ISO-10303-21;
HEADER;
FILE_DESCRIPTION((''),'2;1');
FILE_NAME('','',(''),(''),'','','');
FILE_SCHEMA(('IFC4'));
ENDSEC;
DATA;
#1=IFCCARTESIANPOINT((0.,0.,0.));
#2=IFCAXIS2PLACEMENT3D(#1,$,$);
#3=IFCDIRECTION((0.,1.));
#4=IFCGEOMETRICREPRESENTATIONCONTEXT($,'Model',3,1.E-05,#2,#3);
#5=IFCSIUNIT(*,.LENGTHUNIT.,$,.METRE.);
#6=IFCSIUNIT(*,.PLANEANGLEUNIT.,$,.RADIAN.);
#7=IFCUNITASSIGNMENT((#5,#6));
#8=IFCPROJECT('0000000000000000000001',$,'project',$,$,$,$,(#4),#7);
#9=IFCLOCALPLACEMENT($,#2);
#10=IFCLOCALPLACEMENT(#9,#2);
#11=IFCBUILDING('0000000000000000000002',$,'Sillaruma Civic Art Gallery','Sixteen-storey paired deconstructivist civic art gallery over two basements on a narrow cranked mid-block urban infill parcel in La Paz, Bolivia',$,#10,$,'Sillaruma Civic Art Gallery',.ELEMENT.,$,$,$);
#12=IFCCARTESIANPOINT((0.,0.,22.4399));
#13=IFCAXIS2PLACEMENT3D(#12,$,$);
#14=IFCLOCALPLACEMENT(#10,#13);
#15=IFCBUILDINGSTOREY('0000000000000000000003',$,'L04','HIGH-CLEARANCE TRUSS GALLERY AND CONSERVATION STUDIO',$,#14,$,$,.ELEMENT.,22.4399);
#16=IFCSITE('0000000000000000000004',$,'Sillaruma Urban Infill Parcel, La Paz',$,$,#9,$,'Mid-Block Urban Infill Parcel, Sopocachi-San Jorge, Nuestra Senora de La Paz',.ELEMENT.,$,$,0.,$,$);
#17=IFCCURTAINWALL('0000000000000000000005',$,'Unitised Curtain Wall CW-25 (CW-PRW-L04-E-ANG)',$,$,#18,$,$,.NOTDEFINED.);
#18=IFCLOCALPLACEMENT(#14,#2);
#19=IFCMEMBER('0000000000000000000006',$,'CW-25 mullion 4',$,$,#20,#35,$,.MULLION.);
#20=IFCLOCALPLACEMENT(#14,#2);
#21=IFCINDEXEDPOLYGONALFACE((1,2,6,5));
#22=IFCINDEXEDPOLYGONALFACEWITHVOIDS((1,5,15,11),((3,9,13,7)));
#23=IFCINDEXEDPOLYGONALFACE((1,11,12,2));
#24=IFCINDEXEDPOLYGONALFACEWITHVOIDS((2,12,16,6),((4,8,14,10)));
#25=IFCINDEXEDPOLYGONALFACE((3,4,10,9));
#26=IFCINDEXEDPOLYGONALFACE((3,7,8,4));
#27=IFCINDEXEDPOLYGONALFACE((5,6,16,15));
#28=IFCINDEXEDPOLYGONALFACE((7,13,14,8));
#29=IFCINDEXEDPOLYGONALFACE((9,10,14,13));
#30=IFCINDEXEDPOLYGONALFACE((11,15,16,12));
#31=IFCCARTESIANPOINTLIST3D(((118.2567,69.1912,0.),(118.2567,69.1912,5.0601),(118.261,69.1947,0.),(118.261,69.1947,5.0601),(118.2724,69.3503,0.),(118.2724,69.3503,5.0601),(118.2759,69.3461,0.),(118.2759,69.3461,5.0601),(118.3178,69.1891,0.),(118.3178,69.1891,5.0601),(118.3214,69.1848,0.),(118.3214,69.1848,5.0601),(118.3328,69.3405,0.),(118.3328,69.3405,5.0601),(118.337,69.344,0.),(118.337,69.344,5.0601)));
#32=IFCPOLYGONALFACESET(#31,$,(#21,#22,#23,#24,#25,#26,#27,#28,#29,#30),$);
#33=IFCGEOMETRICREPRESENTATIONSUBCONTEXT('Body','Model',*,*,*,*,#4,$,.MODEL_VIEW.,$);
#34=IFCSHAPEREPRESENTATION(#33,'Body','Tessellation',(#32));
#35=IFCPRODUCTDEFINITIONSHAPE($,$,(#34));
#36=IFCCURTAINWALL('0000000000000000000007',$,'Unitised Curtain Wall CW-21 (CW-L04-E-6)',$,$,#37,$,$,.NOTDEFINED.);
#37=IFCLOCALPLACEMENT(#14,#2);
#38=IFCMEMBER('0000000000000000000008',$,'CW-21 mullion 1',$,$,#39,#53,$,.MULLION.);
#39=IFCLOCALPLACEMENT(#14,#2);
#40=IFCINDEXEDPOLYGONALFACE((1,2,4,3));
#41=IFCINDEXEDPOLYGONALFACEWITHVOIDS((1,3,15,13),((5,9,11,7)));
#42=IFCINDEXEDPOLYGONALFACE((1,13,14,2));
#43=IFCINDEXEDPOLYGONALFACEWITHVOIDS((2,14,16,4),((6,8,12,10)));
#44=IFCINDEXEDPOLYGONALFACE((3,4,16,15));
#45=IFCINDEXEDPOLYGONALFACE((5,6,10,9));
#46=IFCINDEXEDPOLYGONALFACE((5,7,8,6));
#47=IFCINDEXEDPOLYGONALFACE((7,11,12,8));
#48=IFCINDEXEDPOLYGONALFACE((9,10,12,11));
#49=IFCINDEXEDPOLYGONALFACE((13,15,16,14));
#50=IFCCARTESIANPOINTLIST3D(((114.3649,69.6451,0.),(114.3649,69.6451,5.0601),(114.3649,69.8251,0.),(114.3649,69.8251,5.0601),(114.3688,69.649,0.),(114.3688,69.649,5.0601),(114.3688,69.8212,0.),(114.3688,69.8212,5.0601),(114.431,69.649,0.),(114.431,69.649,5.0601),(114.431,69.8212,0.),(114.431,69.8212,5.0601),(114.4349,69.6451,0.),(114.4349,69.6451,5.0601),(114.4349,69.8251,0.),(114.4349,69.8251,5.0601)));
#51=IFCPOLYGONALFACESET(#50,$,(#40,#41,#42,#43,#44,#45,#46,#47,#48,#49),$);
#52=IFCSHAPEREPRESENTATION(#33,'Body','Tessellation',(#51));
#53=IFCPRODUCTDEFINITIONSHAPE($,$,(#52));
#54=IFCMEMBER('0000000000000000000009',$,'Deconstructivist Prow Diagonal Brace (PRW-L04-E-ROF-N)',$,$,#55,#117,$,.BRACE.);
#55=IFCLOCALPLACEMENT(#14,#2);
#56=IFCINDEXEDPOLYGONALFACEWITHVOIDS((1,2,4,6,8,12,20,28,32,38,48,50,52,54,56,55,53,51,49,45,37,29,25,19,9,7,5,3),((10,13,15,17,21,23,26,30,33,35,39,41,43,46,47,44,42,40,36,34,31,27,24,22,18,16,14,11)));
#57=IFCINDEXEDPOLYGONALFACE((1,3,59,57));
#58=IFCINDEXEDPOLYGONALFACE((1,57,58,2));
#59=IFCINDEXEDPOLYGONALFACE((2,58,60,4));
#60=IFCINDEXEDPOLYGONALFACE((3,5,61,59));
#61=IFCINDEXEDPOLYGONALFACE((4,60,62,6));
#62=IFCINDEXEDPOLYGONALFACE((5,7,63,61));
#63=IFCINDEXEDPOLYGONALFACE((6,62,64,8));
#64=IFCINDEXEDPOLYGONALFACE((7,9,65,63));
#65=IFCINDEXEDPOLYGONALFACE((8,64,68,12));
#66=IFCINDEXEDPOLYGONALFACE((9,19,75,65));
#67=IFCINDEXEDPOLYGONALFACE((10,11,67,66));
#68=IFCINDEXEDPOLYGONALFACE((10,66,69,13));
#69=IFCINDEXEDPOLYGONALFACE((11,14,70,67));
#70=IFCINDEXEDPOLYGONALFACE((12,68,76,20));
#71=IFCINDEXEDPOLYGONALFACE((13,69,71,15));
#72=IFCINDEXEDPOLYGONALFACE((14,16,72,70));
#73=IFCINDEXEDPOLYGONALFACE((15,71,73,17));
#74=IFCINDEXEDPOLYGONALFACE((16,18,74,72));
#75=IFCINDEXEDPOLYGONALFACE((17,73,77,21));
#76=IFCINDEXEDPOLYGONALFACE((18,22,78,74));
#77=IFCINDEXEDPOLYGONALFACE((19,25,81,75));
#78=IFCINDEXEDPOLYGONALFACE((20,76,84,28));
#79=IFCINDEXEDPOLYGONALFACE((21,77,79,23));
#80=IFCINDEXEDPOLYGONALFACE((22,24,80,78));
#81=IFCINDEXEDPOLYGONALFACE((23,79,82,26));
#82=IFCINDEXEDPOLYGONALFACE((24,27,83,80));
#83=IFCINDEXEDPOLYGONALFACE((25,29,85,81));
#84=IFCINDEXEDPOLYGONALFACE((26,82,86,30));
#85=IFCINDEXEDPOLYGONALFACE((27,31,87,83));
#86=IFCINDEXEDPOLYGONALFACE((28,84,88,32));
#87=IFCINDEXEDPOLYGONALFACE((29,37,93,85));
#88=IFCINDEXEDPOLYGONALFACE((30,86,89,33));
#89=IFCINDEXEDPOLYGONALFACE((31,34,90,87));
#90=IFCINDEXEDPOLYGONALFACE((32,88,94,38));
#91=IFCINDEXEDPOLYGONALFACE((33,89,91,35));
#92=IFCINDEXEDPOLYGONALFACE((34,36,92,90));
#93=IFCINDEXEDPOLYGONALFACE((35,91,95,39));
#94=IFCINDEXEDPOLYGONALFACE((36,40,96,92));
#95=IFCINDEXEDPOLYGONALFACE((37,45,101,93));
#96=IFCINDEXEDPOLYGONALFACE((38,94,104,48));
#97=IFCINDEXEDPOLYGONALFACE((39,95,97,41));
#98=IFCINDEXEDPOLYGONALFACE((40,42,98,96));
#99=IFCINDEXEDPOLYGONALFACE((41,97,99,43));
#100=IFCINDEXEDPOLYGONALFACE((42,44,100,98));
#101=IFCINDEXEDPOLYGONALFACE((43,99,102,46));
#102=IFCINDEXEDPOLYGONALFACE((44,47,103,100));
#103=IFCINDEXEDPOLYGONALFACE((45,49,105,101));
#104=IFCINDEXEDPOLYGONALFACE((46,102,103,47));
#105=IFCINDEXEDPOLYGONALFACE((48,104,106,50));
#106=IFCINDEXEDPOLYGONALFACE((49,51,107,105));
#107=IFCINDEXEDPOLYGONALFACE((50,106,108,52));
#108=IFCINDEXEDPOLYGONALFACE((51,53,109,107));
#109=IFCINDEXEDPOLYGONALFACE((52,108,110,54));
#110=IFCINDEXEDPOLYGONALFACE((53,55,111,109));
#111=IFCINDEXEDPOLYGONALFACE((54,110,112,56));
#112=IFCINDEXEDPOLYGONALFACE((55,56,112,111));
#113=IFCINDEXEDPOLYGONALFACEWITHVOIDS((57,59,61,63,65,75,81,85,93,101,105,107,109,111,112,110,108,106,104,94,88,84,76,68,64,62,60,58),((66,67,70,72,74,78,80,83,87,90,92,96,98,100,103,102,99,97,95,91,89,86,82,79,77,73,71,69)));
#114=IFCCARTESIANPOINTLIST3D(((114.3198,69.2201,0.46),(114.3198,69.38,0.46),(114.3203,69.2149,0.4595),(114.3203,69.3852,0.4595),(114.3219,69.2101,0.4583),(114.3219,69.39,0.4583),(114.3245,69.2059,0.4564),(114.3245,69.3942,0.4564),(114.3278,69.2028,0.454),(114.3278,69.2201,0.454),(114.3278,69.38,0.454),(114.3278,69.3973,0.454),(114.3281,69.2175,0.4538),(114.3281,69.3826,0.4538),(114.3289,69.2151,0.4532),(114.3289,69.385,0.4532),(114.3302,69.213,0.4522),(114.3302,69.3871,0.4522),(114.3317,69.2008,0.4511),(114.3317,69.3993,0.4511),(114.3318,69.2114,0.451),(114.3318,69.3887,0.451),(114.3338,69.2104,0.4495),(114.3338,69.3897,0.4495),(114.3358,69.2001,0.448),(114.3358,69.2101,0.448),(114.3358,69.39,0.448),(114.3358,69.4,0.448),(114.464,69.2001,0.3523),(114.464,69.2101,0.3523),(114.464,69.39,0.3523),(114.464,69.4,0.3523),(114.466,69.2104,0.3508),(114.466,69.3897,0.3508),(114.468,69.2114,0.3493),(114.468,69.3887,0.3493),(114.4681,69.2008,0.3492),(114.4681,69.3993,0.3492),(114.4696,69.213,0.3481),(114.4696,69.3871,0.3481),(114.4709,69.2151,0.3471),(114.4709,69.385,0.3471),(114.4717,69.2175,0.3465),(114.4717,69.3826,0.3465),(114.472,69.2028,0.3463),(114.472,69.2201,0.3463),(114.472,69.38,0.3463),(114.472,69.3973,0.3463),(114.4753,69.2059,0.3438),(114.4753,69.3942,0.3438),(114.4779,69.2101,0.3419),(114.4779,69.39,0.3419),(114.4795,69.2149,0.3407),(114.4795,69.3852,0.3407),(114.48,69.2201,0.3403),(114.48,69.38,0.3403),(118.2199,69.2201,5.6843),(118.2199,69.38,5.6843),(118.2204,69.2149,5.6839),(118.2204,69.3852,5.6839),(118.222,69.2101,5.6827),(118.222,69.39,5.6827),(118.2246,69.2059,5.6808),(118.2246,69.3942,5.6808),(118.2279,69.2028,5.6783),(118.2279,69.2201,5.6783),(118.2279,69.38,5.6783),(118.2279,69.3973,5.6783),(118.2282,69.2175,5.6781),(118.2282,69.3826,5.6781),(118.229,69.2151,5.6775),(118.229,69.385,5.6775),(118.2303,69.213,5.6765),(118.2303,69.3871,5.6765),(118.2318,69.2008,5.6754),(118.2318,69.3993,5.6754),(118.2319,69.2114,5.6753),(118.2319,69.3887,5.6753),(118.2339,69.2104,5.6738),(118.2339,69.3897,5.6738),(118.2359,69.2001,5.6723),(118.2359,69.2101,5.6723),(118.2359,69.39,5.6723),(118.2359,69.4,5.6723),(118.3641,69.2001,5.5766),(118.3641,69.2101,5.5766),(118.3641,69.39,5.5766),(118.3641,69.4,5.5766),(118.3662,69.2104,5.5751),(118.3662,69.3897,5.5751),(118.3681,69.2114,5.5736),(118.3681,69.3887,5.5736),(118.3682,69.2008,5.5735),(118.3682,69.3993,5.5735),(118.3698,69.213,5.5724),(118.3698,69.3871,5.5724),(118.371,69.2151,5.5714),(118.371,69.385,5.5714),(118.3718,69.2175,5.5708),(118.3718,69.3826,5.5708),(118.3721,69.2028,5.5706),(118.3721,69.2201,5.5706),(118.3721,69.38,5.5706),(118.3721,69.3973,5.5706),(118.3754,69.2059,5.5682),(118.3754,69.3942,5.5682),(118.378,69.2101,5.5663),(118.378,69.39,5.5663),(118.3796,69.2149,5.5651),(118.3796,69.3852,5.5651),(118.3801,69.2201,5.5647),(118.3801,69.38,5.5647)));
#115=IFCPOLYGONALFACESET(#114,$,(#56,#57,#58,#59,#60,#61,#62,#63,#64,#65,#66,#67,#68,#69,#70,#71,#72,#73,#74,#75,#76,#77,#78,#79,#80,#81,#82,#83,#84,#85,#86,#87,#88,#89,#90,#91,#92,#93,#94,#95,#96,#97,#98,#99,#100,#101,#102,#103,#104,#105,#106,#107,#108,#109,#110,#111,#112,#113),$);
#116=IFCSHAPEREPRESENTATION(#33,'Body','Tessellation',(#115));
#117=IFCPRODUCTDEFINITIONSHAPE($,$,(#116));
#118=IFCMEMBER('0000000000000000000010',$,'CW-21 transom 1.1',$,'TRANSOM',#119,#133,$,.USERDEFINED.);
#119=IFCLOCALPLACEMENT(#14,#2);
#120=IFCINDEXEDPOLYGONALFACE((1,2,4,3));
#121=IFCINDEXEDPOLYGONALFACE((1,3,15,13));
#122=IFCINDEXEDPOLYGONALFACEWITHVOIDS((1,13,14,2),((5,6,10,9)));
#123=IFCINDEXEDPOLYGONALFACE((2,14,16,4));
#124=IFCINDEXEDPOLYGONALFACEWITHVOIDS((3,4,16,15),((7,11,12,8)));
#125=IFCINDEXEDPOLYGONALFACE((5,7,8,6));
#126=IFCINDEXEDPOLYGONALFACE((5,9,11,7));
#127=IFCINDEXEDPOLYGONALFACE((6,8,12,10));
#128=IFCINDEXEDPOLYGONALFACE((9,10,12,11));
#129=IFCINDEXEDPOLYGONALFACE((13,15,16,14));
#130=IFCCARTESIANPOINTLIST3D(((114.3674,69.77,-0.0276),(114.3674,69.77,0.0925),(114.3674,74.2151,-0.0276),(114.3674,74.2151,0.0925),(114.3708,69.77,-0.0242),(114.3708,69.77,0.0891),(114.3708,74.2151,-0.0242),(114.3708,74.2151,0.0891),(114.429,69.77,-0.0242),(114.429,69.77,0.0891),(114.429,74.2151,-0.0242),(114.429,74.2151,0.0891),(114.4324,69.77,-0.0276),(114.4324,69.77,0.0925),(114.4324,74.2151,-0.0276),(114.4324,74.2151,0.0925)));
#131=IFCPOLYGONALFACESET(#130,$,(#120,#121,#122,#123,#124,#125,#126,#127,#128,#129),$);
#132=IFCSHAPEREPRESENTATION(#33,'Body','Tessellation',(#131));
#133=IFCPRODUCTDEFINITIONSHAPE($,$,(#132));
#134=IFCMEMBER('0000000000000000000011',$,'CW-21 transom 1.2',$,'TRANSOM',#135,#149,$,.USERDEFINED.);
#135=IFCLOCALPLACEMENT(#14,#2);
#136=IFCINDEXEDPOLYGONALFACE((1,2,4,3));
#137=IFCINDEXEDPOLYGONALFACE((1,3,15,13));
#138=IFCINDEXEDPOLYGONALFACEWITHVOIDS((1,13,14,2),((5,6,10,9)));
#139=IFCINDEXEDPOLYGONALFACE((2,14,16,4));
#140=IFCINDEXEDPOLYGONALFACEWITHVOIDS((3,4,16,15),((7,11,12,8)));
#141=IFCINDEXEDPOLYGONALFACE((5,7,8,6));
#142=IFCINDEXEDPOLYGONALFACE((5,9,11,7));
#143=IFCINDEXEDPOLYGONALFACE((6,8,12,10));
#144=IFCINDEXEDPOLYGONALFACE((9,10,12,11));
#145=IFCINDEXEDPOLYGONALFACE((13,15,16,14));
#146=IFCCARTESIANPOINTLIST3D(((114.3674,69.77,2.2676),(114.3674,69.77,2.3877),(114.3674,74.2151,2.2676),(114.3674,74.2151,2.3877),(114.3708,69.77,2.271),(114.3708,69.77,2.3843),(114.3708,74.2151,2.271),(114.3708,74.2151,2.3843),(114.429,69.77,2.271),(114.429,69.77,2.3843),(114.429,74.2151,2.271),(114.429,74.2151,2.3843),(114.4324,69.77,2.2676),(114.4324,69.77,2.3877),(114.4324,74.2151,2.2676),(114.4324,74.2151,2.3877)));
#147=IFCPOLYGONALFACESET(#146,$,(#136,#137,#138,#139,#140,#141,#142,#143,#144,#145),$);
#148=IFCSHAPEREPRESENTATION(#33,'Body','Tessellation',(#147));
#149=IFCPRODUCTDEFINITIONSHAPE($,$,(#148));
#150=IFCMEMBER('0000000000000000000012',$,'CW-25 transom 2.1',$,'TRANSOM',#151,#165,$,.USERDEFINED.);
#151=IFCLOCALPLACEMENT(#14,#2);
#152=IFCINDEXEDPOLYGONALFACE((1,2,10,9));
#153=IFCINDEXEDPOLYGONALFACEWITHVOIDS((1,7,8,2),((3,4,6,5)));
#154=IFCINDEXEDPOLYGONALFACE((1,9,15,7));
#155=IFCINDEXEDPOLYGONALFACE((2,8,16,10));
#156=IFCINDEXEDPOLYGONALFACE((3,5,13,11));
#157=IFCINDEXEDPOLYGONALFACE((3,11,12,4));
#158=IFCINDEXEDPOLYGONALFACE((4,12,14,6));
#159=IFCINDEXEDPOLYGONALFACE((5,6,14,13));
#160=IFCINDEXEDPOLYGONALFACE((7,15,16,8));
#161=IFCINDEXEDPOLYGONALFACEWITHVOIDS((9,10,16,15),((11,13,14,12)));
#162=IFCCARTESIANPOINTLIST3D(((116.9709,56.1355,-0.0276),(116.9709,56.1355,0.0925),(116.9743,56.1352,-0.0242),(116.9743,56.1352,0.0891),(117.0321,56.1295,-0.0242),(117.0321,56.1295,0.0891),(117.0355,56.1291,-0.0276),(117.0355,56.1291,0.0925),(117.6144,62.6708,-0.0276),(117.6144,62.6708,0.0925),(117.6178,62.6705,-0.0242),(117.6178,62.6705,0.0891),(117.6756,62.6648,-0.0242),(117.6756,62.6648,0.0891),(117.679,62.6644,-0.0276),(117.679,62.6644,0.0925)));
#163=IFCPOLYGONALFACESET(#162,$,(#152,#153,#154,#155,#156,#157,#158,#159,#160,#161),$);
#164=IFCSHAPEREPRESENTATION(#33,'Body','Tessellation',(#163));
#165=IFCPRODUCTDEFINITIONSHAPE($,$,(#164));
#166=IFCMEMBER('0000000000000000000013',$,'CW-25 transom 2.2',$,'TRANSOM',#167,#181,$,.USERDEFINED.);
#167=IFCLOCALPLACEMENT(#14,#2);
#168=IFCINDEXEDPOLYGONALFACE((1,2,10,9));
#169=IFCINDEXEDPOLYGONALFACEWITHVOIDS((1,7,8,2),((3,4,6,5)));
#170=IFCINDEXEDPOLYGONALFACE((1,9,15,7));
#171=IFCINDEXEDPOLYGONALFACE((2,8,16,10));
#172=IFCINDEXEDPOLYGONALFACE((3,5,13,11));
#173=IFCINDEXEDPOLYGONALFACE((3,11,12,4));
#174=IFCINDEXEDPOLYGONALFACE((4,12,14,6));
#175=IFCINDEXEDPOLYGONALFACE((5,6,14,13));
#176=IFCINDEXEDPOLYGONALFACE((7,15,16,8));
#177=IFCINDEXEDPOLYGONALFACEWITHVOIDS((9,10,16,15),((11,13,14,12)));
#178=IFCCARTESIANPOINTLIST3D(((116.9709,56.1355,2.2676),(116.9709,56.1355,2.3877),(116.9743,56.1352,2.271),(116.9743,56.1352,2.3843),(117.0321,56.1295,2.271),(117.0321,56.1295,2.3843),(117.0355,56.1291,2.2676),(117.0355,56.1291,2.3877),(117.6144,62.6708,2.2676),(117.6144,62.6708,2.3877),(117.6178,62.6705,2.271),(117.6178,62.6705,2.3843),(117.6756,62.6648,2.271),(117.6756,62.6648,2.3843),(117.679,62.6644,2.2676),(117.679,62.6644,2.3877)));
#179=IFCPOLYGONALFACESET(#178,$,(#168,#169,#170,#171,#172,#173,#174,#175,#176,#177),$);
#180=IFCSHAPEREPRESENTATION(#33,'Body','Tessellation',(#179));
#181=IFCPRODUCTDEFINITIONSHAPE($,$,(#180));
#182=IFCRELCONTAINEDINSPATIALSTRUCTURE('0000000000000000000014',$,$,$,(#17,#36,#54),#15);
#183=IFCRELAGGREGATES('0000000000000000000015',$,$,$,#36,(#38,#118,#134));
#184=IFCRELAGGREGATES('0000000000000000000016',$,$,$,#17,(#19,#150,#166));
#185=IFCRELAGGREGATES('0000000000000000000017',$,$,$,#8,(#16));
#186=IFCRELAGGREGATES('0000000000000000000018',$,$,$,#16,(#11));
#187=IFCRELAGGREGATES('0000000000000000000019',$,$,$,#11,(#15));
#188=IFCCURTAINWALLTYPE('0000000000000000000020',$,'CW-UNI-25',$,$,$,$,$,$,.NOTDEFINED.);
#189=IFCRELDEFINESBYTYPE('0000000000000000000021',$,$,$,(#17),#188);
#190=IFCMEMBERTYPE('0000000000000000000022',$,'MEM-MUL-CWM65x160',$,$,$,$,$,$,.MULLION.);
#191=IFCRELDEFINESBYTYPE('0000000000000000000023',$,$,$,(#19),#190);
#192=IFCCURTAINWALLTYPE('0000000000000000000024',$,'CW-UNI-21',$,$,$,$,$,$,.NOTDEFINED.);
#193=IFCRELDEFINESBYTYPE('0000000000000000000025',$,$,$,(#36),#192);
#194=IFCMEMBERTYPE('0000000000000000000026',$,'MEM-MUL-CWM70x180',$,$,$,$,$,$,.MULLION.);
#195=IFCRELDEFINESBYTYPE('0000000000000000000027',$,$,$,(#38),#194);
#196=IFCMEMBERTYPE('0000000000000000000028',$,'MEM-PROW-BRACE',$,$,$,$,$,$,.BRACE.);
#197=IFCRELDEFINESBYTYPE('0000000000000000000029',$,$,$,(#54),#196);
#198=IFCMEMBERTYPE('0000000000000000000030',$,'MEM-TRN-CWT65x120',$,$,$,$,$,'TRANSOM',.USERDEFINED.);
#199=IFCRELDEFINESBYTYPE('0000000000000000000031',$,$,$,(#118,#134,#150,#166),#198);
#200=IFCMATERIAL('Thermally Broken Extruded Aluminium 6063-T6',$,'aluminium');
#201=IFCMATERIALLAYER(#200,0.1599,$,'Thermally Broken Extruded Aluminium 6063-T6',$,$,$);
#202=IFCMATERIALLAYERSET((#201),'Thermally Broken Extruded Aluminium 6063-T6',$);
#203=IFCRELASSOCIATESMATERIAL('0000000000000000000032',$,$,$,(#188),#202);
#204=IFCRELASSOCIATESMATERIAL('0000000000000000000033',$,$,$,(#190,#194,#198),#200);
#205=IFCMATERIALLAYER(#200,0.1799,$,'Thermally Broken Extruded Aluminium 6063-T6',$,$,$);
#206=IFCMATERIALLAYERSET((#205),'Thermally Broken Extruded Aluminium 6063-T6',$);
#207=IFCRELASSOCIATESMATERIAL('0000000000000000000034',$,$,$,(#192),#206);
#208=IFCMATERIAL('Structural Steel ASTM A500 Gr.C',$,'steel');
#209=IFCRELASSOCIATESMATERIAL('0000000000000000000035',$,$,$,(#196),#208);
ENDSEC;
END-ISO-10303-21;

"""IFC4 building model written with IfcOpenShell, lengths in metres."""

from ifc_helpers import new_model, si_unit, direction, frame, origin, origin_2d, place, context, subcontext, project, spatial, hollow_rectangle, extrude, material, layer, layer_set, material_profile, profile_set, type_object, element, aggregate, save


model = new_model("IFC4")

# Units and contexts
model_context = context("Model", 3, precision=1e-05, world=origin(), true_north=direction((0.0, 1.0)))
body_context = subcontext(model_context, "Body", "Model", "MODEL_VIEW")
ifc_project = project(units=[si_unit("LENGTHUNIT", "METRE"), si_unit("PLANEANGLEUNIT", "RADIAN")], contexts=[model_context])

# Site, building, storey
site_placement = place(None, origin())
site = spatial("IfcSite", under=ifc_project, at=site_placement, Name="Sillaruma Urban Infill Parcel, La Paz", LongName="Mid-Block Urban Infill Parcel, Sopocachi-San Jorge, Nuestra Senora de La Paz", CompositionType="ELEMENT", RefElevation=0.0)
building_placement = place(site_placement, origin())
building = spatial("IfcBuilding", under=site, at=building_placement, Name="Sillaruma Civic Art Gallery", Description="Sixteen-storey paired deconstructivist civic art gallery over two basements on a narrow cranked mid-block urban infill parcel in La Paz, Bolivia", LongName="Sillaruma Civic Art Gallery", CompositionType="ELEMENT")
storey_placement = place(building_placement, frame((0.0, 0.0, 22.4399)))
storey = spatial("IfcBuildingStorey", under=building, at=storey_placement, Name="L04", Description="HIGH-CLEARANCE TRUSS GALLERY AND CONSERVATION STUDIO", CompositionType="ELEMENT", Elevation=22.4399)

# Shared definitions
ifc_material_1 = material(Name="Structural Steel ASTM A500 Gr.C", Category="steel")

# Curtain wall, member
ifc_material_2 = material(Name="Thermally Broken Extruded Aluminium 6063-T6", Category="aluminium")
ifc_layer_1 = layer(ifc_material_2, 0.1599, Name="Thermally Broken Extruded Aluminium 6063-T6")
ifc_layer_set_1 = layer_set([ifc_layer_1], Name="Thermally Broken Extruded Aluminium 6063-T6")
curtain_wall_type_1 = type_object("IfcCurtainWallType", Name="CW-UNI-25", PredefinedType="NOTDEFINED", material=ifc_layer_set_1)
curtain_wall_1_placement = place(storey_placement, origin())
curtain_wall_1 = element("IfcCurtainWall", 1, at=curtain_wall_1_placement, inside=storey, type_object=curtain_wall_type_1, Name="Unitised Curtain Wall CW-25 (CW-PRW-L04-E-ANG)", PredefinedType="NOTDEFINED")
ifc_material_profile_1 = material_profile(ifc_material_2, hollow_rectangle(XDim=0.0649, YDim=0.1599, WallThickness=0.0039, at=origin_2d()), Name="CWM65x160")
ifc_profile_set_1 = profile_set([ifc_material_profile_1], Name="Thermally Broken Extruded Aluminium 6063-T6")
member_type_1 = type_object("IfcMemberType", Name="MEM-MUL-CWM65x160", PredefinedType="MULLION", material=ifc_profile_set_1)
member_1_placement = place(storey_placement, frame((118.2969, 69.2676, 0.0), z_axis=(0.0, 0.0, 1.0), x_axis=(-0.995185, 0.098011, 0.0)))
member_1 = element("IfcMember", 2, at=member_1_placement, type_object=member_type_1, Name="CW-25 mullion 4", PredefinedType="MULLION", context=body_context, shape_type="SweptSolid", body=[
    extrude(hollow_rectangle(XDim=0.0649, YDim=0.1599, WallThickness=0.0039, at=origin_2d()), origin(), (0.0, 0.0, 1.0), 5.0601),
])

# Curtain wall, member
ifc_layer_2 = layer(ifc_material_2, 0.1799, Name="Thermally Broken Extruded Aluminium 6063-T6")
ifc_layer_set_2 = layer_set([ifc_layer_2], Name="Thermally Broken Extruded Aluminium 6063-T6")
curtain_wall_type_2 = type_object("IfcCurtainWallType", Name="CW-UNI-21", PredefinedType="NOTDEFINED", material=ifc_layer_set_2)
curtain_wall_2_placement = place(storey_placement, origin())
curtain_wall_2 = element("IfcCurtainWall", 3, at=curtain_wall_2_placement, inside=storey, type_object=curtain_wall_type_2, Name="Unitised Curtain Wall CW-21 (CW-L04-E-6)", PredefinedType="NOTDEFINED")
ifc_material_profile_2 = material_profile(ifc_material_2, hollow_rectangle(XDim=0.0701, YDim=0.1799, WallThickness=0.0039, at=origin_2d()), Name="CWM70x180")
ifc_profile_set_2 = profile_set([ifc_material_profile_2], Name="Thermally Broken Extruded Aluminium 6063-T6")
member_type_2 = type_object("IfcMemberType", Name="MEM-MUL-CWM70x180", PredefinedType="MULLION", material=ifc_profile_set_2)
member_2_placement = place(storey_placement, frame((114.3999, 69.7351, 0.0), z_axis=(0.0, 0.0, 1.0), x_axis=(-1.0, 0.0, 0.0)))
member_2 = element("IfcMember", 4, at=member_2_placement, type_object=member_type_2, Name="CW-21 mullion 1", PredefinedType="MULLION", context=body_context, shape_type="SweptSolid", body=[
    extrude(hollow_rectangle(XDim=0.0701, YDim=0.1799, WallThickness=0.0039, at=origin_2d()), origin(), (0.0, 0.0, 1.0), 5.0601),
])

# Members
ifc_material_profile_3 = material_profile(ifc_material_1, hollow_rectangle(XDim=0.2, YDim=0.2, WallThickness=0.01, InnerFilletRadius=0.01, OuterFilletRadius=0.02, at=origin_2d()), Name="HSS200x200x10")
ifc_profile_set_3 = profile_set([ifc_material_profile_3], Name="Structural Steel ASTM A500 Gr.C")
member_type_3 = type_object("IfcMemberType", Name="MEM-PROW-BRACE", PredefinedType="BRACE", material=ifc_profile_set_3)
member_3_placement = place(storey_placement, frame((114.3999, 69.3, 0.4001), z_axis=(0.598219, 0.0, 0.801333), x_axis=(0.0, 1.0, 0.0)))
element("IfcMember", 5, at=member_3_placement, inside=storey, type_object=member_type_3, Name="Deconstructivist Prow Diagonal Brace (PRW-L04-E-ROF-N)", PredefinedType="BRACE", context=body_context, shape_type="SweptSolid", body=[
    extrude(hollow_rectangle(XDim=0.2, YDim=0.2, WallThickness=0.01, InnerFilletRadius=0.01, OuterFilletRadius=0.02, at=origin_2d()), origin(), (0.0, 0.0, 1.0), 6.5195),
])
ifc_material_profile_4 = material_profile(ifc_material_2, hollow_rectangle(XDim=0.0649, YDim=0.1201, WallThickness=0.0034, at=origin_2d()), Name="CWT65x120")
ifc_profile_set_4 = profile_set([ifc_material_profile_4], Name="Thermally Broken Extruded Aluminium 6063-T6")
member_type_4 = type_object("IfcMemberType", Name="MEM-TRN-CWT65x120", ElementType="TRANSOM", PredefinedType="USERDEFINED", material=ifc_profile_set_4)
member_4_placement = place(storey_placement, frame((114.3999, 69.77, 0.0325), z_axis=(0.0, 1.0, 0.0), x_axis=(-1.0, 0.0, 0.0)))
member_4 = element("IfcMember", 6, at=member_4_placement, type_object=member_type_4, Name="CW-21 transom 1.1", ObjectType="TRANSOM", PredefinedType="USERDEFINED", context=body_context, shape_type="SweptSolid", body=[
    extrude(hollow_rectangle(XDim=0.0649, YDim=0.1201, WallThickness=0.0034, at=origin_2d()), origin(), (0.0, 0.0, 1.0), 4.4451),
])
member_5_placement = place(storey_placement, frame((114.3999, 69.77, 2.3276), z_axis=(0.0, 1.0, 0.0), x_axis=(-1.0, 0.0, 0.0)))
member_5 = element("IfcMember", 7, at=member_5_placement, type_object=member_type_4, Name="CW-21 transom 1.2", ObjectType="TRANSOM", PredefinedType="USERDEFINED", context=body_context, shape_type="SweptSolid", body=[
    extrude(hollow_rectangle(XDim=0.0649, YDim=0.1201, WallThickness=0.0034, at=origin_2d()), origin(), (0.0, 0.0, 1.0), 4.4451),
])
aggregate(curtain_wall_2, [member_2, member_4, member_5])
member_6_placement = place(storey_placement, frame((117.0032, 56.1323, 0.0325), z_axis=(0.097998, 0.995187, 0.0), x_axis=(-0.995187, 0.097998, 0.0)))
member_6 = element("IfcMember", 8, at=member_6_placement, type_object=member_type_4, Name="CW-25 transom 2.1", ObjectType="TRANSOM", PredefinedType="USERDEFINED", context=body_context, shape_type="SweptSolid", body=[
    extrude(hollow_rectangle(XDim=0.0649, YDim=0.1201, WallThickness=0.0034, at=origin_2d()), origin(), (0.0, 0.0, 1.0), 6.5669),
])
member_7_placement = place(storey_placement, frame((117.0032, 56.1323, 2.3276), z_axis=(0.097998, 0.995187, 0.0), x_axis=(-0.995187, 0.097998, 0.0)))
member_7 = element("IfcMember", 9, at=member_7_placement, type_object=member_type_4, Name="CW-25 transom 2.2", ObjectType="TRANSOM", PredefinedType="USERDEFINED", context=body_context, shape_type="SweptSolid", body=[
    extrude(hollow_rectangle(XDim=0.0649, YDim=0.1201, WallThickness=0.0034, at=origin_2d()), origin(), (0.0, 0.0, 1.0), 6.5669),
])

aggregate(curtain_wall_1, [member_1, member_6, member_7])

save(model, "model.ifc")
